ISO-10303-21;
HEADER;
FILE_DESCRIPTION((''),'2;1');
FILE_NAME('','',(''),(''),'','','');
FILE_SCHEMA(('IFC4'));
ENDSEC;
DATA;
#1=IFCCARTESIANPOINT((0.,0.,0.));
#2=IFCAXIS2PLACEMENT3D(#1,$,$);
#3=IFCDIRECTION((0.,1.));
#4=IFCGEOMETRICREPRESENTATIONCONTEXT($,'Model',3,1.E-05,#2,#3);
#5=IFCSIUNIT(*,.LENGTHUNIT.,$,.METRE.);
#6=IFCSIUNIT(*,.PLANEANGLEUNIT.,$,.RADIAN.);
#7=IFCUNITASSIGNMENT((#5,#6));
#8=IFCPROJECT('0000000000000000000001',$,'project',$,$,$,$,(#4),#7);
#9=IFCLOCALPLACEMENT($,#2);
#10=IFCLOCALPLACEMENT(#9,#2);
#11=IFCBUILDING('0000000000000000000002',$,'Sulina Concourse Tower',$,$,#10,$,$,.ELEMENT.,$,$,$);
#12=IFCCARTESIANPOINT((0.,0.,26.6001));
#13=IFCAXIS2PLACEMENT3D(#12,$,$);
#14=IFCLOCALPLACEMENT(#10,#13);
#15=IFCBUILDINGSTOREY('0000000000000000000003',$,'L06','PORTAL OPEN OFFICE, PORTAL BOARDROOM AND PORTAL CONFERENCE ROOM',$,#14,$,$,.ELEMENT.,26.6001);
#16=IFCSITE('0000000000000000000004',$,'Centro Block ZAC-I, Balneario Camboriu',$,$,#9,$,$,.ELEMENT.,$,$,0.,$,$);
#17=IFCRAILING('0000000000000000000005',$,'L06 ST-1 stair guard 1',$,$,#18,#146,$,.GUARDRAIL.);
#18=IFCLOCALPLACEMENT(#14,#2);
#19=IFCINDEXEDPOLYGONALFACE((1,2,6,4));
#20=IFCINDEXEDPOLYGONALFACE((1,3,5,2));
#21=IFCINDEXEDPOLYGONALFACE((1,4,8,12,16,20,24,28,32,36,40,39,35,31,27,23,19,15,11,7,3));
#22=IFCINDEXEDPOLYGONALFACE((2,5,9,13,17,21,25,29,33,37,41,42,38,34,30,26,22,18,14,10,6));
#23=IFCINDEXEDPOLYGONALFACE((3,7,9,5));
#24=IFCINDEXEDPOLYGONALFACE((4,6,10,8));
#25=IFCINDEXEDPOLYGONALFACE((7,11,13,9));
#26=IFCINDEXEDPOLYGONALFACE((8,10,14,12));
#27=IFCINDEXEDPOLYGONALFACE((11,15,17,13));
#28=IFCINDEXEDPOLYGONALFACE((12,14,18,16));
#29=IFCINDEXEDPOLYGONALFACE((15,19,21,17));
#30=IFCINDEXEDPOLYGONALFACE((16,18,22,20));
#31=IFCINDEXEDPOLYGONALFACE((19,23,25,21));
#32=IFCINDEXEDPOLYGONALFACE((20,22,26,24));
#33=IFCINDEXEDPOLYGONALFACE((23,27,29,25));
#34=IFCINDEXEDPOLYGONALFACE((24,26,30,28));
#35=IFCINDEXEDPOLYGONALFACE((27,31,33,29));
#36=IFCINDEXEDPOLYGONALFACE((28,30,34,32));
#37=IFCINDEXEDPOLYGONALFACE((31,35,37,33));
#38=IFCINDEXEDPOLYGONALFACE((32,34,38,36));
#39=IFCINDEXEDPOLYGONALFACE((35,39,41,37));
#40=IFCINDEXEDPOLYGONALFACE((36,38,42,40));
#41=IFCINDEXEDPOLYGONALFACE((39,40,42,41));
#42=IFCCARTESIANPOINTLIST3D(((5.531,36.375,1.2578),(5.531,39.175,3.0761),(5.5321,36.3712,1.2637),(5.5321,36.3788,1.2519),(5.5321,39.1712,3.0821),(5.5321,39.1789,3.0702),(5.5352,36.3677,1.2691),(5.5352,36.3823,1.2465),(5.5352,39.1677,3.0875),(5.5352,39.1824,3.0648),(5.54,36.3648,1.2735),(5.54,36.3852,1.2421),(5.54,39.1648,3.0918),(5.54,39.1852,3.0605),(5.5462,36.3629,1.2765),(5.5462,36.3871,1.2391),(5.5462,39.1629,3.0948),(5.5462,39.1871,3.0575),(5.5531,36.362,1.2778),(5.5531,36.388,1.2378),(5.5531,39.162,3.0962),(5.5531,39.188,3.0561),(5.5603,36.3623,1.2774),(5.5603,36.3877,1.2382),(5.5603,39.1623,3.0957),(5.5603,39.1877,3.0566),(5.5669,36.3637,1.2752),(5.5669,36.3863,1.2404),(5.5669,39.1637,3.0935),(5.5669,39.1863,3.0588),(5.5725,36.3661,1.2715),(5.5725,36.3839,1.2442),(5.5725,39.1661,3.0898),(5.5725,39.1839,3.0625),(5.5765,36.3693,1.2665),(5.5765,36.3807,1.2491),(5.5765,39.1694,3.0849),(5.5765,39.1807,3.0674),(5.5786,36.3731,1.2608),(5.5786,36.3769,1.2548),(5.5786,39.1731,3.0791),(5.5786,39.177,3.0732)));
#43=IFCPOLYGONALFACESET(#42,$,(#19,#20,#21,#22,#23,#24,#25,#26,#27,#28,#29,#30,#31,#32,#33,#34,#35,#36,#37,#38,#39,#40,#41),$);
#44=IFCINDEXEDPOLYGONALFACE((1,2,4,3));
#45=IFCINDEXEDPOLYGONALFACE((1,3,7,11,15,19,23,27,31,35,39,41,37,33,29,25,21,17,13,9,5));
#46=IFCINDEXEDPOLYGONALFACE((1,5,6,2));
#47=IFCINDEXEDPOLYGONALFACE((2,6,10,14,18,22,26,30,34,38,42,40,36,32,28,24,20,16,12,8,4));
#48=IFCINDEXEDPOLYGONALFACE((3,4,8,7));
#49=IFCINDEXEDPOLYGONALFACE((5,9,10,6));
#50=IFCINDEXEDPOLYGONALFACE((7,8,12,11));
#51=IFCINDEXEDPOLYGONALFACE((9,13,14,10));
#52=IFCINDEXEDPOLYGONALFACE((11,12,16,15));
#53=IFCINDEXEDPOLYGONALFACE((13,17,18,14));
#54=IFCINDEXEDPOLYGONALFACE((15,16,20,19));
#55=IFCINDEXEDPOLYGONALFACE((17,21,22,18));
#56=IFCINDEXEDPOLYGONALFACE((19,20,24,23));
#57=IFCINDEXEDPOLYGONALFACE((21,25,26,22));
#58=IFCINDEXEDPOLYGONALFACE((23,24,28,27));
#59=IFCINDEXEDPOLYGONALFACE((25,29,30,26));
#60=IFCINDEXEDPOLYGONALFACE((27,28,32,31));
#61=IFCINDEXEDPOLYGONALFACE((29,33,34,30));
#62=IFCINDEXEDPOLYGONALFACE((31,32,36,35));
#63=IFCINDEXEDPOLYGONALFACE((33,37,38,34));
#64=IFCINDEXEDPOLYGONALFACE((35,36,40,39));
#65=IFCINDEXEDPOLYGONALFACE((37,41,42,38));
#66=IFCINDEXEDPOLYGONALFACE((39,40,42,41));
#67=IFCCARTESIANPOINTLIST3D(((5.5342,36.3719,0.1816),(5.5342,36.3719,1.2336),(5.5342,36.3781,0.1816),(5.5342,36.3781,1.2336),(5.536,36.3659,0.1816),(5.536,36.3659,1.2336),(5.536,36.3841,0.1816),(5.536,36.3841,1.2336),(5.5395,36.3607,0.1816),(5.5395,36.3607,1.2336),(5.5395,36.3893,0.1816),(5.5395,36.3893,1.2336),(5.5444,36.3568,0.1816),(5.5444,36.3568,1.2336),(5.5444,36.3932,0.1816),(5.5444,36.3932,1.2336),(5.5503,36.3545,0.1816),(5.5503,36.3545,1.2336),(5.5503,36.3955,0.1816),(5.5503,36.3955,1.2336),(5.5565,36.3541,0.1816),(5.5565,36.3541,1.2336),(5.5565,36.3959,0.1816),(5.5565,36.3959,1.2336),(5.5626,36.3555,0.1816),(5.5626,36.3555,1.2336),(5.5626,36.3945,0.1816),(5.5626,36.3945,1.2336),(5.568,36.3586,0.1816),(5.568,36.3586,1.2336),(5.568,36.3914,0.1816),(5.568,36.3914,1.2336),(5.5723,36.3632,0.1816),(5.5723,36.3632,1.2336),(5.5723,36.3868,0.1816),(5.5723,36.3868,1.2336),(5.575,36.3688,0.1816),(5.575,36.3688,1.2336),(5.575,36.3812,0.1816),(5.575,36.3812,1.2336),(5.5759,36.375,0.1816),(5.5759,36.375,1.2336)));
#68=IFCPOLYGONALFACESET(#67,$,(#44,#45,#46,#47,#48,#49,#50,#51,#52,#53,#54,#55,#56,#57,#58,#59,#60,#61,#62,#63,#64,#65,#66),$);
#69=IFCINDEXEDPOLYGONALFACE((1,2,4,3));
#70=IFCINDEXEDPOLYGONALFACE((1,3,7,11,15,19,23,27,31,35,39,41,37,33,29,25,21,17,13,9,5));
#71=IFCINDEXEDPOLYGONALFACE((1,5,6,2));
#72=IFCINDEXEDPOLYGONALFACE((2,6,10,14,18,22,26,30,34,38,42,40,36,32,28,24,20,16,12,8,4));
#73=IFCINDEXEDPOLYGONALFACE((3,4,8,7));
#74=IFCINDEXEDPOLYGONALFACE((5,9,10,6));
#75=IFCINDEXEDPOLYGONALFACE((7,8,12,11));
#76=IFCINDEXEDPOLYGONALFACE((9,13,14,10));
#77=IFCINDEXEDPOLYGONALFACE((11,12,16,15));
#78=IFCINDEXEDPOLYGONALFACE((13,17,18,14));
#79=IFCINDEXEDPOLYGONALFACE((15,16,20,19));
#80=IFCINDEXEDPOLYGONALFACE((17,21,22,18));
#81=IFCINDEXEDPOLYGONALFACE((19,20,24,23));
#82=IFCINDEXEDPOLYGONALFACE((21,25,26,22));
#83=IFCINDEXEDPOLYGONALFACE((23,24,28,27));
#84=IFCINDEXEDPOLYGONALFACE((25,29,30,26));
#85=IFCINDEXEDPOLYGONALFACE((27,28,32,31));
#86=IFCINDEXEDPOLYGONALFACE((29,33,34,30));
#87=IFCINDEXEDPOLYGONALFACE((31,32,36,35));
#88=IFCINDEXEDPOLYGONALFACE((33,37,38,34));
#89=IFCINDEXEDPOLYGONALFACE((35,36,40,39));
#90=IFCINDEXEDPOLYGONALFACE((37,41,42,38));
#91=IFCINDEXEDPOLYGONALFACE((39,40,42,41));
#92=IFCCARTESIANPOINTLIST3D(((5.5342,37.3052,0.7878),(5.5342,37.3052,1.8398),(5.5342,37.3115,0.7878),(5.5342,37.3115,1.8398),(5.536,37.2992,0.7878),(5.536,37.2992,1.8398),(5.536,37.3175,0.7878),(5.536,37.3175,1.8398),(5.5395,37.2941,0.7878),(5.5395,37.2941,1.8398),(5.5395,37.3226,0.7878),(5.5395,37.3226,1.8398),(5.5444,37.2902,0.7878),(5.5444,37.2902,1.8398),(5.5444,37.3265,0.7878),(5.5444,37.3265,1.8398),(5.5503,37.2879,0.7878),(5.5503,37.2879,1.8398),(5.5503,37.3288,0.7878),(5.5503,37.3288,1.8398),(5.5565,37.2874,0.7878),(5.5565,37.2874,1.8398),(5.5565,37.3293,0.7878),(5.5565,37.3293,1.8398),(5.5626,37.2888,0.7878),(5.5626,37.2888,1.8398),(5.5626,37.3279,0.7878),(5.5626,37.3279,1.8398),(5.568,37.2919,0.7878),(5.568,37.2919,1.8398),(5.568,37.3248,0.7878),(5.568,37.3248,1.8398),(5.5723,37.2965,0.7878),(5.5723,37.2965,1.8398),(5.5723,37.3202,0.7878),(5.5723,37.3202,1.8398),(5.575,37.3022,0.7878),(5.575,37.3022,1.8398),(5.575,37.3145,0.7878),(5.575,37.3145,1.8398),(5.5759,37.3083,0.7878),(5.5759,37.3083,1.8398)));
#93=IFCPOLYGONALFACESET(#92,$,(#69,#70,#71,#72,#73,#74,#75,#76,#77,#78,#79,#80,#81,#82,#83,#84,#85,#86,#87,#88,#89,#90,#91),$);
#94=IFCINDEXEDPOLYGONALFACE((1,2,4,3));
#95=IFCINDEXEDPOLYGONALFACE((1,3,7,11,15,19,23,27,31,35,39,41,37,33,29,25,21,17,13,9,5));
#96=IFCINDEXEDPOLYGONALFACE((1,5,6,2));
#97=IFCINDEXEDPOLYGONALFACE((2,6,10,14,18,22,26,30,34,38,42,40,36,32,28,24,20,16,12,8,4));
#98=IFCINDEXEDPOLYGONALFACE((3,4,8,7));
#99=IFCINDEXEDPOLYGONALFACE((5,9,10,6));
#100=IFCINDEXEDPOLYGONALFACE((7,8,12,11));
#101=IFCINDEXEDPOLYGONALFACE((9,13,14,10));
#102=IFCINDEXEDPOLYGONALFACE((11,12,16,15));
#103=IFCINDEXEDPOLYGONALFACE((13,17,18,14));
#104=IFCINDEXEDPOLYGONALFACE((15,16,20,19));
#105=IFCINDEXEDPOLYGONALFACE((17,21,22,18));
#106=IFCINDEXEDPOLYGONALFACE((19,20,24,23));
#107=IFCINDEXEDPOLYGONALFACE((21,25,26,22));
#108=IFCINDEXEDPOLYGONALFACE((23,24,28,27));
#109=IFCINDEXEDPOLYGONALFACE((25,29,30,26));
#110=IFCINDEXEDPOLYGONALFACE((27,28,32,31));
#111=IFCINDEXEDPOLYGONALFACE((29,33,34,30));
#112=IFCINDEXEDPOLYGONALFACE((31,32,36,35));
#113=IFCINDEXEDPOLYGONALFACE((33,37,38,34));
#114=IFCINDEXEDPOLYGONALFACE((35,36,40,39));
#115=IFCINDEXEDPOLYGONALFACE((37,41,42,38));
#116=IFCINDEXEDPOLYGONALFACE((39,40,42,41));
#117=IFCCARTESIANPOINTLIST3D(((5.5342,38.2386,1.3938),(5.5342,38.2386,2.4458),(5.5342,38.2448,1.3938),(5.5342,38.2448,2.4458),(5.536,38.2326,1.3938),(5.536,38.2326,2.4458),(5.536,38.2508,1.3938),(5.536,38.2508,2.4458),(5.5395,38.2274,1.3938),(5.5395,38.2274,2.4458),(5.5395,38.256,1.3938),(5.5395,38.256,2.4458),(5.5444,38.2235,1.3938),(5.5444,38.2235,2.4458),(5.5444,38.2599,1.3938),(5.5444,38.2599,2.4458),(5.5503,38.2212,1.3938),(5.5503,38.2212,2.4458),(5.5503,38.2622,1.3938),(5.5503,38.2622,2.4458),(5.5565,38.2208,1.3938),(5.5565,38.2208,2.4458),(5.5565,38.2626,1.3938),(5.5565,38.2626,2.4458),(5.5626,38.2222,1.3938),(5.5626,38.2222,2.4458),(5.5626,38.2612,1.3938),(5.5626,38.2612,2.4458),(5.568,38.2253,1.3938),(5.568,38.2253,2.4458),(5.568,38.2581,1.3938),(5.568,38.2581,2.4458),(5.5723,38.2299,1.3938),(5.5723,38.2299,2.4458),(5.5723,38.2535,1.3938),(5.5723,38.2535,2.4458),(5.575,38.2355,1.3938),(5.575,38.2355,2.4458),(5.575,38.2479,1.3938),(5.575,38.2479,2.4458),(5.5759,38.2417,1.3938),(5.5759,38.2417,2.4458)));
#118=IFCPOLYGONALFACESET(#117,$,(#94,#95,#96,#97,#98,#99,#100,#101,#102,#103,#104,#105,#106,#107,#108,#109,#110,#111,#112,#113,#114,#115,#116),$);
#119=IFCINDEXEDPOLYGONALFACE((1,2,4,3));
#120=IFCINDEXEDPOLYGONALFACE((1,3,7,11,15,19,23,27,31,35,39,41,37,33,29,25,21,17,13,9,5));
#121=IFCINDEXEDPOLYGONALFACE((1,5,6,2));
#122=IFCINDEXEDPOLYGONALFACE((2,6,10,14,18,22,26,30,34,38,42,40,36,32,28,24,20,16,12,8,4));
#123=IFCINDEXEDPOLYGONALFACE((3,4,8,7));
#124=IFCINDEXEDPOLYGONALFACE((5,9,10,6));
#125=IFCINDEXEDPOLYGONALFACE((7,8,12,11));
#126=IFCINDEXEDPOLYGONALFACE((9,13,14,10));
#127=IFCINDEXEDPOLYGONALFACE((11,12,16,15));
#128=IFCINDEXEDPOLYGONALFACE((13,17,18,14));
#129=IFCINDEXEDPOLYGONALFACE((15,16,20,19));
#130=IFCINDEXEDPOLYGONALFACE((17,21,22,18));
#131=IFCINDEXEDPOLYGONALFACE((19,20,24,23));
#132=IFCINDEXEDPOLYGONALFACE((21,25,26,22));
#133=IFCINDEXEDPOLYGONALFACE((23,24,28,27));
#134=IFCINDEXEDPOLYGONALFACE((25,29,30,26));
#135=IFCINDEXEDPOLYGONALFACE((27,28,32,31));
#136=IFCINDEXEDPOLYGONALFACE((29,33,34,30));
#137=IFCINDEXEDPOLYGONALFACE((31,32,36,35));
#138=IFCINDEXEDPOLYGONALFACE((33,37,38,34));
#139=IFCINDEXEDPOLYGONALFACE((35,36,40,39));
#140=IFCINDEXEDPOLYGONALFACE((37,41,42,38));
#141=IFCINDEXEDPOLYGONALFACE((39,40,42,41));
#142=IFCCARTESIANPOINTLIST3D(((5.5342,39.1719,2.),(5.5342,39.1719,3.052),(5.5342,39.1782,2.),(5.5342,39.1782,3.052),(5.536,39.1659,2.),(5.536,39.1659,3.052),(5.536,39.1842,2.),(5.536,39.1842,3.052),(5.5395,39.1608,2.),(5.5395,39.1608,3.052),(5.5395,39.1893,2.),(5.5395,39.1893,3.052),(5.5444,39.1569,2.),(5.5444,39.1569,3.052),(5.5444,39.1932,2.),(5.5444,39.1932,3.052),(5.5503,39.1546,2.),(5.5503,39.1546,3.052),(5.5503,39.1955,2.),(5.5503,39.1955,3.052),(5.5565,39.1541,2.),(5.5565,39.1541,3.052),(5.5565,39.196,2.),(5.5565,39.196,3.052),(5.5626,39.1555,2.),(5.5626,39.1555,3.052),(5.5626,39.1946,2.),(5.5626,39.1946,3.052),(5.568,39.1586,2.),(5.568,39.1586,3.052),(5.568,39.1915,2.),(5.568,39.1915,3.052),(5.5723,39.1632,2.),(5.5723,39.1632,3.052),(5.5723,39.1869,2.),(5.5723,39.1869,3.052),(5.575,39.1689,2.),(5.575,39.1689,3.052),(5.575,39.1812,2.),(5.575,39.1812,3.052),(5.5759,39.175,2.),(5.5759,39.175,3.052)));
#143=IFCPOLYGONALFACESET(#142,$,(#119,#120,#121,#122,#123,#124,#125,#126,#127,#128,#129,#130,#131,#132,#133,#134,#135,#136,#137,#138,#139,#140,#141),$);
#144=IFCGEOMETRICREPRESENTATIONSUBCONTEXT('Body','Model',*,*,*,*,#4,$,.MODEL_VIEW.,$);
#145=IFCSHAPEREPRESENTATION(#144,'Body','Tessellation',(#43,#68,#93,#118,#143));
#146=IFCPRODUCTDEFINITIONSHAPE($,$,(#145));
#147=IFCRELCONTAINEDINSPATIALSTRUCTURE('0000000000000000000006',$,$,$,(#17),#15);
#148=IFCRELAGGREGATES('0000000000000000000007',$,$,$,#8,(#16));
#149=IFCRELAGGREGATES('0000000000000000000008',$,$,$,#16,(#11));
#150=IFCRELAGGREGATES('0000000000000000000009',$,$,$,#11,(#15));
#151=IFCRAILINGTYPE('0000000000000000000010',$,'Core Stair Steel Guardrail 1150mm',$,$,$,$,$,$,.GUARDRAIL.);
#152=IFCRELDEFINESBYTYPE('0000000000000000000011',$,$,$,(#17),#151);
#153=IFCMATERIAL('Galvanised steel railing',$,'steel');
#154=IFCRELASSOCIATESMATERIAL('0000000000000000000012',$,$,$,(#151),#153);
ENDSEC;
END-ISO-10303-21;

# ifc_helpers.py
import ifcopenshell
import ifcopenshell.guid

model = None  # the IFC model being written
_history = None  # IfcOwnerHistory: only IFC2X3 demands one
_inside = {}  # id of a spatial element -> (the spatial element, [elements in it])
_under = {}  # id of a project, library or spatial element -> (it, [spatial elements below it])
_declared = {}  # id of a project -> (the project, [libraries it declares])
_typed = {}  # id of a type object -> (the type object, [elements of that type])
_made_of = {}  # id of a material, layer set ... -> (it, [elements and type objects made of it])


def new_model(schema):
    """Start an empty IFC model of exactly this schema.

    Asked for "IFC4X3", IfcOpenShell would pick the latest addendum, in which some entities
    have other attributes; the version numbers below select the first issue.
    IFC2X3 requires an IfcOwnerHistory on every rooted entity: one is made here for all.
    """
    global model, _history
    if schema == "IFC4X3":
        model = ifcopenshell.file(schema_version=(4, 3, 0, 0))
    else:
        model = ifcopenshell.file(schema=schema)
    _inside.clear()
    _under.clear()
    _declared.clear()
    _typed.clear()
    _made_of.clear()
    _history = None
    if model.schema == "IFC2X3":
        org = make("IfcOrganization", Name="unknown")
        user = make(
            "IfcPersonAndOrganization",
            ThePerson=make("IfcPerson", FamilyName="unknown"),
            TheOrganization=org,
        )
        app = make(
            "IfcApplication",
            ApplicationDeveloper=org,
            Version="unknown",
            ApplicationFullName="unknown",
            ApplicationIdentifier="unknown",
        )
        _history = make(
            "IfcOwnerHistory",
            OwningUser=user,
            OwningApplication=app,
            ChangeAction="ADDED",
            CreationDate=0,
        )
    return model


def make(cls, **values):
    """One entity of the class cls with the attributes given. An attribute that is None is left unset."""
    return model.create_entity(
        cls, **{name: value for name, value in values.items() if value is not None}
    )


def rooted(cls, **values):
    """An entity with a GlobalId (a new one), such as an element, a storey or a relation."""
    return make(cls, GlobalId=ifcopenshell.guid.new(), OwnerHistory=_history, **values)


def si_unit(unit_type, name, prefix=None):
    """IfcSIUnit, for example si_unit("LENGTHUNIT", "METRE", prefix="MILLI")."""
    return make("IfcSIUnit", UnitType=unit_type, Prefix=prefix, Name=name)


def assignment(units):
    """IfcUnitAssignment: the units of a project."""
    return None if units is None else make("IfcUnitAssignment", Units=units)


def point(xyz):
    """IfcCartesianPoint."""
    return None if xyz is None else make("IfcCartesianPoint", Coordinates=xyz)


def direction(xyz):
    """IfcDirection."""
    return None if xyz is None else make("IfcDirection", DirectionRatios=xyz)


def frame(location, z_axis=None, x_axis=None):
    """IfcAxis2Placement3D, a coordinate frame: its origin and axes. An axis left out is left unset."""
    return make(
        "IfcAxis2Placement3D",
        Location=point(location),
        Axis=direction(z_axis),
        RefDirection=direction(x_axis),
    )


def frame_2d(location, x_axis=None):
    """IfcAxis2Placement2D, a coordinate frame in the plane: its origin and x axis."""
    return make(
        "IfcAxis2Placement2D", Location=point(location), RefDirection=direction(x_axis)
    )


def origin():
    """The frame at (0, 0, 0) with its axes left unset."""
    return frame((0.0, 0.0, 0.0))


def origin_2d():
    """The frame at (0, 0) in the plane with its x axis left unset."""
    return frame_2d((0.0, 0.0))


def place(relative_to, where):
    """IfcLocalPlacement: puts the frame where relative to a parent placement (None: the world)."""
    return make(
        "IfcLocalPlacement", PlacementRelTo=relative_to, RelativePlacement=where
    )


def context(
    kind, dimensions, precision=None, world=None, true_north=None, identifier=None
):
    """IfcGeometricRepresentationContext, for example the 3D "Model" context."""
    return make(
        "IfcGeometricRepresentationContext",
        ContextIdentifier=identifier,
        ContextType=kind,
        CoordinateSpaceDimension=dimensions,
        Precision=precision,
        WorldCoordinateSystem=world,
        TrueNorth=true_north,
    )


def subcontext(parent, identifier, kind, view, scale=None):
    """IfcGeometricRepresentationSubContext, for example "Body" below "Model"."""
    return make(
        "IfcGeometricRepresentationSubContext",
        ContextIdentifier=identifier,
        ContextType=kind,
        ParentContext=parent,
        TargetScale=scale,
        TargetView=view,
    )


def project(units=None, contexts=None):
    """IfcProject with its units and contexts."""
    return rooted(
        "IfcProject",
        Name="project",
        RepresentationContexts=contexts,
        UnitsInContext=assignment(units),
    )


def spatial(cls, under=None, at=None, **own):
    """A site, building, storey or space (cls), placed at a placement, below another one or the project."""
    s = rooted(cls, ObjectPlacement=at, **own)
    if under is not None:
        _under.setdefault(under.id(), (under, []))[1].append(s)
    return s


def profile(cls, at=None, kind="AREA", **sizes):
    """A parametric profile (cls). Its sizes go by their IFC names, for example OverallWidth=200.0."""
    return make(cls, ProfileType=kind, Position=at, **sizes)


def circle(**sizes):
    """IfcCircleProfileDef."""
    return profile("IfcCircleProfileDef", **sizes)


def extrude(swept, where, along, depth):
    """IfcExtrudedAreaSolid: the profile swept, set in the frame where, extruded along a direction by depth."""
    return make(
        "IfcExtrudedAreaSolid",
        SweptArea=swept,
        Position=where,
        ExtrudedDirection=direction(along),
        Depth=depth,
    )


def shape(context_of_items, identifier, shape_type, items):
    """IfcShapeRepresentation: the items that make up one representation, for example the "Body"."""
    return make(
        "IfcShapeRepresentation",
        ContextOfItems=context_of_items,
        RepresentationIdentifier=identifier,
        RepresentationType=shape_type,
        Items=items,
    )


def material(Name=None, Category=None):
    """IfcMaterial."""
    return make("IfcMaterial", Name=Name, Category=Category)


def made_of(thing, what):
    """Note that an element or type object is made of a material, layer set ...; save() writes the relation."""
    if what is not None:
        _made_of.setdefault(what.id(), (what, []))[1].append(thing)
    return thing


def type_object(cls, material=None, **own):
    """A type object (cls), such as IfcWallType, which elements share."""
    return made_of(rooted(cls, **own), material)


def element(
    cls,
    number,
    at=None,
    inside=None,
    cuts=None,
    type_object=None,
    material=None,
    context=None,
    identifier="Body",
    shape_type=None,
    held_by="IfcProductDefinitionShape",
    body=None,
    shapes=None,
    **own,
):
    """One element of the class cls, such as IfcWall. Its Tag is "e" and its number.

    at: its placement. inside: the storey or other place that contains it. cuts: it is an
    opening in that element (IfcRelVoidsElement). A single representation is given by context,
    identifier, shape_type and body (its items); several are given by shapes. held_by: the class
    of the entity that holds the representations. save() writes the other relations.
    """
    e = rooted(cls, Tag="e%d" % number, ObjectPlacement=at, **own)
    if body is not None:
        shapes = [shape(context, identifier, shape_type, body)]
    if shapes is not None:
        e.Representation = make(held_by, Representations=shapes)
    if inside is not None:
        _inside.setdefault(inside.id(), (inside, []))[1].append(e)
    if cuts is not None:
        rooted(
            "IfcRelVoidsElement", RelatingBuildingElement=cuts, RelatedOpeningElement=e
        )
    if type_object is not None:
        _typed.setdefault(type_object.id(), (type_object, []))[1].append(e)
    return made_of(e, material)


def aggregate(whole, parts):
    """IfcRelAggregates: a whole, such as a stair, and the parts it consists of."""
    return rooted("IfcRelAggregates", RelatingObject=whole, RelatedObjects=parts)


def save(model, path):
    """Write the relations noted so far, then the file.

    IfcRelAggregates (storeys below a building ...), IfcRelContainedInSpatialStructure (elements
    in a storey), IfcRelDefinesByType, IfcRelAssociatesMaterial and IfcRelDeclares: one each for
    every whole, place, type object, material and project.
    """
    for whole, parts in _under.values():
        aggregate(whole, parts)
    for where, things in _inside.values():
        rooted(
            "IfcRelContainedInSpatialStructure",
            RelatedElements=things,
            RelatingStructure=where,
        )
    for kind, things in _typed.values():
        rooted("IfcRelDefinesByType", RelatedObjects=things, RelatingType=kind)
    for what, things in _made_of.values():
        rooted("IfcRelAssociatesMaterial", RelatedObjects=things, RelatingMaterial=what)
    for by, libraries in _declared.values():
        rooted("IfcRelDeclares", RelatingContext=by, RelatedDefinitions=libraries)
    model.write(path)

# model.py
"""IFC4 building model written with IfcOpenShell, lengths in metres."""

from ifc_helpers import new_model, si_unit, direction, frame, origin, origin_2d, place, context, subcontext, project, spatial, circle, extrude, material, type_object, element, save


model = new_model("IFC4")

# Units and contexts
model_context = context("Model", 3, precision=1e-05, world=origin(), true_north=direction((0.0, 1.0)))
body_context = subcontext(model_context, "Body", "Model", "MODEL_VIEW")
ifc_project = project(units=[si_unit("LENGTHUNIT", "METRE"), si_unit("PLANEANGLEUNIT", "RADIAN")], contexts=[model_context])

# Site, building, storey
site_placement = place(None, origin())
site = spatial("IfcSite", under=ifc_project, at=site_placement, Name="Centro Block ZAC-I, Balneario Camboriu", CompositionType="ELEMENT", RefElevation=0.0)
building_placement = place(site_placement, origin())
building = spatial("IfcBuilding", under=site, at=building_placement, Name="Sulina Concourse Tower", CompositionType="ELEMENT")
storey_placement = place(building_placement, frame((0.0, 0.0, 26.6001)))
storey = spatial("IfcBuildingStorey", under=building, at=storey_placement, Name="L06", Description="PORTAL OPEN OFFICE, PORTAL BOARDROOM AND PORTAL CONFERENCE ROOM", CompositionType="ELEMENT", Elevation=26.6001)

# Railing
ifc_material_1 = material(Name="Galvanised steel railing", Category="steel")
railing_type_1 = type_object("IfcRailingType", Name="Core Stair Steel Guardrail 1150mm", PredefinedType="GUARDRAIL", material=ifc_material_1)
railing_1_placement = place(storey_placement, frame((5.5549, 36.375, 0.1816)))
element("IfcRailing", 1, at=railing_1_placement, inside=storey, type_object=railing_type_1, Name="L06 ST-1 stair guard 1", PredefinedType="GUARDRAIL", context=body_context, shape_type="SweptSolid", body=[
    extrude(circle(Radius=0.0239, at=origin_2d()), frame((0.0, 0.0, 1.0762), z_axis=(0.0, 0.838672, 0.544636), x_axis=(-1.0, 0.0, 0.0)), (0.0, 0.0, 1.0), 3.3386),
    extrude(circle(Radius=0.021, at=origin_2d()), origin(), (0.0, 0.0, 1.0), 1.052),
    extrude(circle(Radius=0.021, at=origin_2d()), frame((0.0, 0.9333, 0.6062)), (0.0, 0.0, 1.0), 1.052),
    extrude(circle(Radius=0.021, at=origin_2d()), frame((0.0, 1.8667, 1.2122)), (0.0, 0.0, 1.0), 1.052),
    extrude(circle(Radius=0.021, at=origin_2d()), frame((0.0, 2.8, 1.8184)), (0.0, 0.0, 1.0), 1.052),
])

save(model, "model.ifc")
